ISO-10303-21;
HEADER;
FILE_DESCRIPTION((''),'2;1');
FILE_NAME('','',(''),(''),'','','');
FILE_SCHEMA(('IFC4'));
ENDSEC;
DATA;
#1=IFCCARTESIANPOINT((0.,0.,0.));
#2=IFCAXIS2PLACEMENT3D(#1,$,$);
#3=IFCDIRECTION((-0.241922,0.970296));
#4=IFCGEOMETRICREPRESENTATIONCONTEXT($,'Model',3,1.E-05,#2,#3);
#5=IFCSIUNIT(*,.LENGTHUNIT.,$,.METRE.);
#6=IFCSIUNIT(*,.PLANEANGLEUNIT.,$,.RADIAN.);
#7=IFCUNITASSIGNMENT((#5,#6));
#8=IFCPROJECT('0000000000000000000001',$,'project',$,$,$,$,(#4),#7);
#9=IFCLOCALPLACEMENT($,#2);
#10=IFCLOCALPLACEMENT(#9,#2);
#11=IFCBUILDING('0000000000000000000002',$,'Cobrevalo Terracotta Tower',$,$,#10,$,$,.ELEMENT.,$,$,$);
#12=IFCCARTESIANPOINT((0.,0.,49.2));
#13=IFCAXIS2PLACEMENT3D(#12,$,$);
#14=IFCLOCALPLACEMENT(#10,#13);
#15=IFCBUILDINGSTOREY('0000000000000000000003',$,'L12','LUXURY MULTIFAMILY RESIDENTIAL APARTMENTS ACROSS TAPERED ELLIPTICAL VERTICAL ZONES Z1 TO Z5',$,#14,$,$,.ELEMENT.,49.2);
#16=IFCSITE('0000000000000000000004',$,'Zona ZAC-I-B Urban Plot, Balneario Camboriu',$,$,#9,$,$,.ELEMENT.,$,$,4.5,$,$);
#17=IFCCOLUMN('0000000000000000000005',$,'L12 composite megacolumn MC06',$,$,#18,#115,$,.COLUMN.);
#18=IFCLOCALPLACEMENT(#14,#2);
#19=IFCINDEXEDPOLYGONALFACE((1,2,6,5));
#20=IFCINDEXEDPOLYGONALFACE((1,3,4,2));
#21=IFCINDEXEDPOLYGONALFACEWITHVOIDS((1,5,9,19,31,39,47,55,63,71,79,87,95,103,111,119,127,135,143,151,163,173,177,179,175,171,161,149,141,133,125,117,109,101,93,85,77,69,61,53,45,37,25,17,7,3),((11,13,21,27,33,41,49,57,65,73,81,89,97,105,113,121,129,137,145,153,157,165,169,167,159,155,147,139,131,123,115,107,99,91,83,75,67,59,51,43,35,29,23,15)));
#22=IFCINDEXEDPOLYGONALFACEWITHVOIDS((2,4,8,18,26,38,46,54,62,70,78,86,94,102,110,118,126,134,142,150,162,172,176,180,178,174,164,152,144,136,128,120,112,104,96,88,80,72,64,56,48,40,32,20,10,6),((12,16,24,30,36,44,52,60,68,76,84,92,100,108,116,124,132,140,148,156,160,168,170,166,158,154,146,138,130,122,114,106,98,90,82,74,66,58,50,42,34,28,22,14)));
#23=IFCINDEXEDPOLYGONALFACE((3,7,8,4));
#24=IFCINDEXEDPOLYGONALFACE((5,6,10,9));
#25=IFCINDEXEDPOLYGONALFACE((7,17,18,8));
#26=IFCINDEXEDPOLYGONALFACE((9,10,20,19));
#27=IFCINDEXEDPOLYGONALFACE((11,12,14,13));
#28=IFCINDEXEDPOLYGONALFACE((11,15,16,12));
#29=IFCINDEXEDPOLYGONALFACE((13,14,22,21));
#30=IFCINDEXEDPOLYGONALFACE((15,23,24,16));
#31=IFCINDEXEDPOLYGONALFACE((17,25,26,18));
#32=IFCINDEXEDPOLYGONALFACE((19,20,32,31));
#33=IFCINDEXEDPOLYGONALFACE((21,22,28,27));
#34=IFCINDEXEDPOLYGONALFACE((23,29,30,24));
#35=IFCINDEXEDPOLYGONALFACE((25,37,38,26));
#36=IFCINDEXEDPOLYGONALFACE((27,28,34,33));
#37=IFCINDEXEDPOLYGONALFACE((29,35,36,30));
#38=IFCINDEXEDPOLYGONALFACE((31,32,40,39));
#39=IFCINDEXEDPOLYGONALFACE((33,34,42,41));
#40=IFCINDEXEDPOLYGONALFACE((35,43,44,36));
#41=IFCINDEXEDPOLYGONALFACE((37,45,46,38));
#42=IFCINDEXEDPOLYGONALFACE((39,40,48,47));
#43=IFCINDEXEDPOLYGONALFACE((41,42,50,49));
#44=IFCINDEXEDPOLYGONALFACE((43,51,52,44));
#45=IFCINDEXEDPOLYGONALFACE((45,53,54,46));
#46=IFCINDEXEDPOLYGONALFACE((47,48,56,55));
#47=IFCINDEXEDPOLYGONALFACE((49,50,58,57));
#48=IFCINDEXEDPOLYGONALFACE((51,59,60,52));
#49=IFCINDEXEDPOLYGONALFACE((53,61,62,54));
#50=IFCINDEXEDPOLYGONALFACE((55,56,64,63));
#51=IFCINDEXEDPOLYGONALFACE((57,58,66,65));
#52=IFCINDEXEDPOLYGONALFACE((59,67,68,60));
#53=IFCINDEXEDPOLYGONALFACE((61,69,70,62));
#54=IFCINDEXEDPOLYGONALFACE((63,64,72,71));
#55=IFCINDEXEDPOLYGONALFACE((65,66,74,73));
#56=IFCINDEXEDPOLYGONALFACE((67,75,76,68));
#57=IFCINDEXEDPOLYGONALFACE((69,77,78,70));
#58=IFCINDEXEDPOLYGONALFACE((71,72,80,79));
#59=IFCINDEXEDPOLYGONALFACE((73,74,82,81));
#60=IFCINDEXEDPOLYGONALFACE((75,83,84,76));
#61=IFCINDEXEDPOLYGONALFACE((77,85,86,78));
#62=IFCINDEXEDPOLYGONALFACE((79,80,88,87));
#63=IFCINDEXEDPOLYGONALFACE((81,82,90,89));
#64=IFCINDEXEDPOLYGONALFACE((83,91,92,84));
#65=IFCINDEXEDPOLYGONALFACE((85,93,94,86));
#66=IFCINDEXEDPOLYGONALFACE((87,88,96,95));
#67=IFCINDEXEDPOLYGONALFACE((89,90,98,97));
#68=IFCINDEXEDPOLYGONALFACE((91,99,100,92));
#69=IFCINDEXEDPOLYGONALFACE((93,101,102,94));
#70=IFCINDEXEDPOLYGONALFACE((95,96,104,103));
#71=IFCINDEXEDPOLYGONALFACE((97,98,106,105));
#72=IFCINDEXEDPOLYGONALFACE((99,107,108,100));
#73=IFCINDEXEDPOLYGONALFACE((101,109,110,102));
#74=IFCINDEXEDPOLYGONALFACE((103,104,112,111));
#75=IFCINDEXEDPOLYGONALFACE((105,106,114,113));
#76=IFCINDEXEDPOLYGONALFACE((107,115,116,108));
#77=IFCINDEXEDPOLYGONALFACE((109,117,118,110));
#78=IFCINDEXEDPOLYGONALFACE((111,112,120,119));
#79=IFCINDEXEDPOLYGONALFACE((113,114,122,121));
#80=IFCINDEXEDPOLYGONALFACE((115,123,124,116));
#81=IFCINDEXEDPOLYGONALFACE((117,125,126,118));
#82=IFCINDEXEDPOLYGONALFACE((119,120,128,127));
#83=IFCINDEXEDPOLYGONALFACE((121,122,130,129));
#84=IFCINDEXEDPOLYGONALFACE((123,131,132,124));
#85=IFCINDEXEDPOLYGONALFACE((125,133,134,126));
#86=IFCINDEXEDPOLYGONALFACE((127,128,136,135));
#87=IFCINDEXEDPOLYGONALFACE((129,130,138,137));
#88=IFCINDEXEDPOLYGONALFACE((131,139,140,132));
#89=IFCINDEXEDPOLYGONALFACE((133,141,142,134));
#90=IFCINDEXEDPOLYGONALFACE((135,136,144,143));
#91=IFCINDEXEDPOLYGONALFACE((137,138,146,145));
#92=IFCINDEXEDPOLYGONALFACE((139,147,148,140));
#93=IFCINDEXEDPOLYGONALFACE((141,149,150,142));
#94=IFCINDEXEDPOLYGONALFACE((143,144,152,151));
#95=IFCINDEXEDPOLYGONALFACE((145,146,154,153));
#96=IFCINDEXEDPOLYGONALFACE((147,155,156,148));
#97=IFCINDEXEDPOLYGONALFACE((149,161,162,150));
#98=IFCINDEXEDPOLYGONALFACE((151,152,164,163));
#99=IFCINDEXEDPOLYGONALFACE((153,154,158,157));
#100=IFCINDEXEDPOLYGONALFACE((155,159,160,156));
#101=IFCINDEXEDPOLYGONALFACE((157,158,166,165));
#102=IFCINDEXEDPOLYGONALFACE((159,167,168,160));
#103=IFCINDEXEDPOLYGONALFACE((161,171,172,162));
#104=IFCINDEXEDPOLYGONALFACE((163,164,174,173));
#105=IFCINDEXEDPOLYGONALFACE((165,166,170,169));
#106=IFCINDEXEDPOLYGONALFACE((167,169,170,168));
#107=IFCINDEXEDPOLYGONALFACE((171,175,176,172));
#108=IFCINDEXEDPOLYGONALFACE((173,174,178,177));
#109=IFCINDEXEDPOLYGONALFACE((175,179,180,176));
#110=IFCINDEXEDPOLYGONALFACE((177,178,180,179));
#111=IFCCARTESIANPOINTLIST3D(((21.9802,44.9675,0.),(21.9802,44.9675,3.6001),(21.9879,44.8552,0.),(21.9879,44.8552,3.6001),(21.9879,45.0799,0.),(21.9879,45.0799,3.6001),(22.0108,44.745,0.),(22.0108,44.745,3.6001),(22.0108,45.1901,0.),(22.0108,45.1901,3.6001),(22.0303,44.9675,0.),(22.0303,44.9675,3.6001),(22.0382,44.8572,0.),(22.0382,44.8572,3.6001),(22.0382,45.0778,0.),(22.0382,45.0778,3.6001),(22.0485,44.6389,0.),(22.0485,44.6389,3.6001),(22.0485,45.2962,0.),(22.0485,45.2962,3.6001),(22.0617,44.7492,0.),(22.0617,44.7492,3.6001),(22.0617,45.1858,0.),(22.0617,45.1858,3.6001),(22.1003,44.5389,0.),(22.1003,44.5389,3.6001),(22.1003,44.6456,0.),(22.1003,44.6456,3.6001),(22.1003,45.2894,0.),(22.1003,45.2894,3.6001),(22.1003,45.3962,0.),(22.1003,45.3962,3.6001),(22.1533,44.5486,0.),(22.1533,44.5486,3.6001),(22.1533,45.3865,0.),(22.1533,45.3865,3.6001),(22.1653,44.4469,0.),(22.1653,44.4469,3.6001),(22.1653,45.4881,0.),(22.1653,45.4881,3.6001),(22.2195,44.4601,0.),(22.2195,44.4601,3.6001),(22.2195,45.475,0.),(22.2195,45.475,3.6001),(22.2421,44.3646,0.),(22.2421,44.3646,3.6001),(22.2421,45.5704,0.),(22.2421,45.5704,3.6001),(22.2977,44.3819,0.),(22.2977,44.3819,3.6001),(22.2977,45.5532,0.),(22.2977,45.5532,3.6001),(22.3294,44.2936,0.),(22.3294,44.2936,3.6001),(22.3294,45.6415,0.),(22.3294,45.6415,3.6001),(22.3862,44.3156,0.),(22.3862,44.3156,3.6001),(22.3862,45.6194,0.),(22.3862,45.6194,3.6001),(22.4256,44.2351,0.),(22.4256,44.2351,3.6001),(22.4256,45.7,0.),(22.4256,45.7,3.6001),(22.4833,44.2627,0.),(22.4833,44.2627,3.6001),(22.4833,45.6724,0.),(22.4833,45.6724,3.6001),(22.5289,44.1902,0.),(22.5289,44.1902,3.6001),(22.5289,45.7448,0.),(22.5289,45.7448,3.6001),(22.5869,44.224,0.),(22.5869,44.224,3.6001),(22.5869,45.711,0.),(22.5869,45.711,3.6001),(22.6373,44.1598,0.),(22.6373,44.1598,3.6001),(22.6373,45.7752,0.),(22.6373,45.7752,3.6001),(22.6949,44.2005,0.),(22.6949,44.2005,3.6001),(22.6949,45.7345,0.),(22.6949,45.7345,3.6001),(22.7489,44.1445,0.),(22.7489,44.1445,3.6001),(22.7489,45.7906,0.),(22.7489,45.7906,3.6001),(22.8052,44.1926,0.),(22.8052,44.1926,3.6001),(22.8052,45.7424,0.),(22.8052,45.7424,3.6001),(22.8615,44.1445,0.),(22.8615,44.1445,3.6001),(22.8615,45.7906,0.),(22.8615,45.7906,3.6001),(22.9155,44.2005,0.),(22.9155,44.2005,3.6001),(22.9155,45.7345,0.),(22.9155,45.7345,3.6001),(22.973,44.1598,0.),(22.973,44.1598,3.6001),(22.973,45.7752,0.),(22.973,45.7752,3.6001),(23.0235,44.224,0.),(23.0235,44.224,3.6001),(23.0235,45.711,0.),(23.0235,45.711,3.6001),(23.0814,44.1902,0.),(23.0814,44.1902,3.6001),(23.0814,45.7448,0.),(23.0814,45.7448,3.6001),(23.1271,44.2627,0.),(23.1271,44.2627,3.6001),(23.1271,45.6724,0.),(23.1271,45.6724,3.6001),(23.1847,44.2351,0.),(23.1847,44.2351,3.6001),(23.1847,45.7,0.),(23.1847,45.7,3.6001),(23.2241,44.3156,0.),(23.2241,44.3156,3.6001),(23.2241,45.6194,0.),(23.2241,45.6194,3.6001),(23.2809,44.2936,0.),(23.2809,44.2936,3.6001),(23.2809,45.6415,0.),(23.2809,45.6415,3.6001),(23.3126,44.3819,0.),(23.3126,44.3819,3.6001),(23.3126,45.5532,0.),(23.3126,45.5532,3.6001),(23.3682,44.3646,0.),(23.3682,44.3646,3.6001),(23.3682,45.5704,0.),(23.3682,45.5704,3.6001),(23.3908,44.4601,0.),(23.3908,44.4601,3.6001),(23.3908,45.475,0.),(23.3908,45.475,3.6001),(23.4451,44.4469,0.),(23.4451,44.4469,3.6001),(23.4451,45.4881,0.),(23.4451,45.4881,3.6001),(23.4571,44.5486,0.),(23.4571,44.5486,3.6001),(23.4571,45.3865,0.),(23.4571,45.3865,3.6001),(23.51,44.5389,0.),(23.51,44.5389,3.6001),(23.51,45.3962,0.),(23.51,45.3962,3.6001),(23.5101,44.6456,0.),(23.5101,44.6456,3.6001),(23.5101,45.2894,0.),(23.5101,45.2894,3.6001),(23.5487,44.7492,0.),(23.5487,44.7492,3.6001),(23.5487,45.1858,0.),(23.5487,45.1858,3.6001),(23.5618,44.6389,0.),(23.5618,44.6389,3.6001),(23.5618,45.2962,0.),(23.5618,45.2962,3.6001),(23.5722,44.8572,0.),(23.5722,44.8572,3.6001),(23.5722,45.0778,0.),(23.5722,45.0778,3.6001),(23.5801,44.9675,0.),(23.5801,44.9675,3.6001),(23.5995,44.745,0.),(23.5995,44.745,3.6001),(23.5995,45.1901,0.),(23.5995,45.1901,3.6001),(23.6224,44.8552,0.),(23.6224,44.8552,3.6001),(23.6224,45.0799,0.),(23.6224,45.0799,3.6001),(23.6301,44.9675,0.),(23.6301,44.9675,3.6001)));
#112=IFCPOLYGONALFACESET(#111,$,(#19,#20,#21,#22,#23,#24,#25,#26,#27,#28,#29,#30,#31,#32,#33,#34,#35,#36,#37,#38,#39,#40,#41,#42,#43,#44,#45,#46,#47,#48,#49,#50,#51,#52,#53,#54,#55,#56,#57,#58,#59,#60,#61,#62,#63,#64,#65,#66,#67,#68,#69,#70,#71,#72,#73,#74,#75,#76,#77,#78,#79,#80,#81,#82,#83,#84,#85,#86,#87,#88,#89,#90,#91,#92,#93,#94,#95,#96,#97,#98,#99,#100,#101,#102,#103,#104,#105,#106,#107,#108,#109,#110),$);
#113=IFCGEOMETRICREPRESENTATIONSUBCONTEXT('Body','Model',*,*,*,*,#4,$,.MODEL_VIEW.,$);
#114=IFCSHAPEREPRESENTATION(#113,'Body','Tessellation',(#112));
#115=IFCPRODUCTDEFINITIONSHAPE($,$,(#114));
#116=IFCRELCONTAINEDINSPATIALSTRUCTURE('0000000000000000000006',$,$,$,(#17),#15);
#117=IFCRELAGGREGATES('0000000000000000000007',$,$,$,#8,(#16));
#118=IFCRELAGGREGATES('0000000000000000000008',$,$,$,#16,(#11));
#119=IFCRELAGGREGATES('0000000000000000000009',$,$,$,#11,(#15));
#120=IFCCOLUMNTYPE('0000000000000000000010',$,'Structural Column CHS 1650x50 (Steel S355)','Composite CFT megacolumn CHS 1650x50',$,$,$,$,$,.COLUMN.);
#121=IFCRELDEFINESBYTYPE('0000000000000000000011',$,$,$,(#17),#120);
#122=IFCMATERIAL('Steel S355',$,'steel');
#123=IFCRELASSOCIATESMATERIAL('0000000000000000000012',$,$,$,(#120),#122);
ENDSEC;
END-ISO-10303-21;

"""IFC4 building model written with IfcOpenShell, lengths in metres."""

from ifc_helpers import new_model, si_unit, direction, frame, origin, origin_2d, place, context, subcontext, project, spatial, hollow_circle, extrude, material, material_profile, profile_set, type_object, element, save


model = new_model("IFC4")

# Units and contexts
model_context = context("Model", 3, precision=1e-05, world=origin(), true_north=direction((-0.241922, 0.970296)))
body_context = subcontext(model_context, "Body", "Model", "MODEL_VIEW")
ifc_project = project(units=[si_unit("LENGTHUNIT", "METRE"), si_unit("PLANEANGLEUNIT", "RADIAN")], contexts=[model_context])

# Site, building, storey
site_placement = place(None, origin())
site = spatial("IfcSite", under=ifc_project, at=site_placement, Name="Zona ZAC-I-B Urban Plot, Balneario Camboriu", CompositionType="ELEMENT", RefElevation=4.5)
building_placement = place(site_placement, origin())
building = spatial("IfcBuilding", under=site, at=building_placement, Name="Cobrevalo Terracotta Tower", CompositionType="ELEMENT")
storey_placement = place(building_placement, frame((0.0, 0.0, 49.2)))
storey = spatial("IfcBuildingStorey", under=building, at=storey_placement, Name="L12", Description="LUXURY MULTIFAMILY RESIDENTIAL APARTMENTS ACROSS TAPERED ELLIPTICAL VERTICAL ZONES Z1 TO Z5", CompositionType="ELEMENT", Elevation=49.2)

# Column
ifc_material_1 = material(Name="Steel S355", Category="steel")
ifc_material_profile_1 = material_profile(ifc_material_1, hollow_circle(Radius=0.825, WallThickness=0.05, at=origin_2d()), Name="CHS 1650x50")
ifc_profile_set_1 = profile_set([ifc_material_profile_1], Name="Steel S355")
column_type = type_object("IfcColumnType", Name="Structural Column CHS 1650x50 (Steel S355)", Description="Composite CFT megacolumn CHS 1650x50", PredefinedType="COLUMN", material=ifc_profile_set_1)
for number, where, z_axis, x_axis, name in (
    (1, (22.8052, 44.9675, 0.0), (0.0, 0.0, 1.0), (1.0, 0.0, 0.0), "L12 composite megacolumn MC06"),
):
    element("IfcColumn", number, at=place(storey_placement, frame(where, z_axis=z_axis, x_axis=x_axis)), inside=storey, type_object=column_type, Name=name, PredefinedType="COLUMN", context=body_context, shape_type="SweptSolid", body=[
        extrude(hollow_circle(Radius=0.825, WallThickness=0.05, at=origin_2d()), origin(), (0.0, 0.0, 1.0), 3.6001),
    ])

save(model, "model.ifc")
